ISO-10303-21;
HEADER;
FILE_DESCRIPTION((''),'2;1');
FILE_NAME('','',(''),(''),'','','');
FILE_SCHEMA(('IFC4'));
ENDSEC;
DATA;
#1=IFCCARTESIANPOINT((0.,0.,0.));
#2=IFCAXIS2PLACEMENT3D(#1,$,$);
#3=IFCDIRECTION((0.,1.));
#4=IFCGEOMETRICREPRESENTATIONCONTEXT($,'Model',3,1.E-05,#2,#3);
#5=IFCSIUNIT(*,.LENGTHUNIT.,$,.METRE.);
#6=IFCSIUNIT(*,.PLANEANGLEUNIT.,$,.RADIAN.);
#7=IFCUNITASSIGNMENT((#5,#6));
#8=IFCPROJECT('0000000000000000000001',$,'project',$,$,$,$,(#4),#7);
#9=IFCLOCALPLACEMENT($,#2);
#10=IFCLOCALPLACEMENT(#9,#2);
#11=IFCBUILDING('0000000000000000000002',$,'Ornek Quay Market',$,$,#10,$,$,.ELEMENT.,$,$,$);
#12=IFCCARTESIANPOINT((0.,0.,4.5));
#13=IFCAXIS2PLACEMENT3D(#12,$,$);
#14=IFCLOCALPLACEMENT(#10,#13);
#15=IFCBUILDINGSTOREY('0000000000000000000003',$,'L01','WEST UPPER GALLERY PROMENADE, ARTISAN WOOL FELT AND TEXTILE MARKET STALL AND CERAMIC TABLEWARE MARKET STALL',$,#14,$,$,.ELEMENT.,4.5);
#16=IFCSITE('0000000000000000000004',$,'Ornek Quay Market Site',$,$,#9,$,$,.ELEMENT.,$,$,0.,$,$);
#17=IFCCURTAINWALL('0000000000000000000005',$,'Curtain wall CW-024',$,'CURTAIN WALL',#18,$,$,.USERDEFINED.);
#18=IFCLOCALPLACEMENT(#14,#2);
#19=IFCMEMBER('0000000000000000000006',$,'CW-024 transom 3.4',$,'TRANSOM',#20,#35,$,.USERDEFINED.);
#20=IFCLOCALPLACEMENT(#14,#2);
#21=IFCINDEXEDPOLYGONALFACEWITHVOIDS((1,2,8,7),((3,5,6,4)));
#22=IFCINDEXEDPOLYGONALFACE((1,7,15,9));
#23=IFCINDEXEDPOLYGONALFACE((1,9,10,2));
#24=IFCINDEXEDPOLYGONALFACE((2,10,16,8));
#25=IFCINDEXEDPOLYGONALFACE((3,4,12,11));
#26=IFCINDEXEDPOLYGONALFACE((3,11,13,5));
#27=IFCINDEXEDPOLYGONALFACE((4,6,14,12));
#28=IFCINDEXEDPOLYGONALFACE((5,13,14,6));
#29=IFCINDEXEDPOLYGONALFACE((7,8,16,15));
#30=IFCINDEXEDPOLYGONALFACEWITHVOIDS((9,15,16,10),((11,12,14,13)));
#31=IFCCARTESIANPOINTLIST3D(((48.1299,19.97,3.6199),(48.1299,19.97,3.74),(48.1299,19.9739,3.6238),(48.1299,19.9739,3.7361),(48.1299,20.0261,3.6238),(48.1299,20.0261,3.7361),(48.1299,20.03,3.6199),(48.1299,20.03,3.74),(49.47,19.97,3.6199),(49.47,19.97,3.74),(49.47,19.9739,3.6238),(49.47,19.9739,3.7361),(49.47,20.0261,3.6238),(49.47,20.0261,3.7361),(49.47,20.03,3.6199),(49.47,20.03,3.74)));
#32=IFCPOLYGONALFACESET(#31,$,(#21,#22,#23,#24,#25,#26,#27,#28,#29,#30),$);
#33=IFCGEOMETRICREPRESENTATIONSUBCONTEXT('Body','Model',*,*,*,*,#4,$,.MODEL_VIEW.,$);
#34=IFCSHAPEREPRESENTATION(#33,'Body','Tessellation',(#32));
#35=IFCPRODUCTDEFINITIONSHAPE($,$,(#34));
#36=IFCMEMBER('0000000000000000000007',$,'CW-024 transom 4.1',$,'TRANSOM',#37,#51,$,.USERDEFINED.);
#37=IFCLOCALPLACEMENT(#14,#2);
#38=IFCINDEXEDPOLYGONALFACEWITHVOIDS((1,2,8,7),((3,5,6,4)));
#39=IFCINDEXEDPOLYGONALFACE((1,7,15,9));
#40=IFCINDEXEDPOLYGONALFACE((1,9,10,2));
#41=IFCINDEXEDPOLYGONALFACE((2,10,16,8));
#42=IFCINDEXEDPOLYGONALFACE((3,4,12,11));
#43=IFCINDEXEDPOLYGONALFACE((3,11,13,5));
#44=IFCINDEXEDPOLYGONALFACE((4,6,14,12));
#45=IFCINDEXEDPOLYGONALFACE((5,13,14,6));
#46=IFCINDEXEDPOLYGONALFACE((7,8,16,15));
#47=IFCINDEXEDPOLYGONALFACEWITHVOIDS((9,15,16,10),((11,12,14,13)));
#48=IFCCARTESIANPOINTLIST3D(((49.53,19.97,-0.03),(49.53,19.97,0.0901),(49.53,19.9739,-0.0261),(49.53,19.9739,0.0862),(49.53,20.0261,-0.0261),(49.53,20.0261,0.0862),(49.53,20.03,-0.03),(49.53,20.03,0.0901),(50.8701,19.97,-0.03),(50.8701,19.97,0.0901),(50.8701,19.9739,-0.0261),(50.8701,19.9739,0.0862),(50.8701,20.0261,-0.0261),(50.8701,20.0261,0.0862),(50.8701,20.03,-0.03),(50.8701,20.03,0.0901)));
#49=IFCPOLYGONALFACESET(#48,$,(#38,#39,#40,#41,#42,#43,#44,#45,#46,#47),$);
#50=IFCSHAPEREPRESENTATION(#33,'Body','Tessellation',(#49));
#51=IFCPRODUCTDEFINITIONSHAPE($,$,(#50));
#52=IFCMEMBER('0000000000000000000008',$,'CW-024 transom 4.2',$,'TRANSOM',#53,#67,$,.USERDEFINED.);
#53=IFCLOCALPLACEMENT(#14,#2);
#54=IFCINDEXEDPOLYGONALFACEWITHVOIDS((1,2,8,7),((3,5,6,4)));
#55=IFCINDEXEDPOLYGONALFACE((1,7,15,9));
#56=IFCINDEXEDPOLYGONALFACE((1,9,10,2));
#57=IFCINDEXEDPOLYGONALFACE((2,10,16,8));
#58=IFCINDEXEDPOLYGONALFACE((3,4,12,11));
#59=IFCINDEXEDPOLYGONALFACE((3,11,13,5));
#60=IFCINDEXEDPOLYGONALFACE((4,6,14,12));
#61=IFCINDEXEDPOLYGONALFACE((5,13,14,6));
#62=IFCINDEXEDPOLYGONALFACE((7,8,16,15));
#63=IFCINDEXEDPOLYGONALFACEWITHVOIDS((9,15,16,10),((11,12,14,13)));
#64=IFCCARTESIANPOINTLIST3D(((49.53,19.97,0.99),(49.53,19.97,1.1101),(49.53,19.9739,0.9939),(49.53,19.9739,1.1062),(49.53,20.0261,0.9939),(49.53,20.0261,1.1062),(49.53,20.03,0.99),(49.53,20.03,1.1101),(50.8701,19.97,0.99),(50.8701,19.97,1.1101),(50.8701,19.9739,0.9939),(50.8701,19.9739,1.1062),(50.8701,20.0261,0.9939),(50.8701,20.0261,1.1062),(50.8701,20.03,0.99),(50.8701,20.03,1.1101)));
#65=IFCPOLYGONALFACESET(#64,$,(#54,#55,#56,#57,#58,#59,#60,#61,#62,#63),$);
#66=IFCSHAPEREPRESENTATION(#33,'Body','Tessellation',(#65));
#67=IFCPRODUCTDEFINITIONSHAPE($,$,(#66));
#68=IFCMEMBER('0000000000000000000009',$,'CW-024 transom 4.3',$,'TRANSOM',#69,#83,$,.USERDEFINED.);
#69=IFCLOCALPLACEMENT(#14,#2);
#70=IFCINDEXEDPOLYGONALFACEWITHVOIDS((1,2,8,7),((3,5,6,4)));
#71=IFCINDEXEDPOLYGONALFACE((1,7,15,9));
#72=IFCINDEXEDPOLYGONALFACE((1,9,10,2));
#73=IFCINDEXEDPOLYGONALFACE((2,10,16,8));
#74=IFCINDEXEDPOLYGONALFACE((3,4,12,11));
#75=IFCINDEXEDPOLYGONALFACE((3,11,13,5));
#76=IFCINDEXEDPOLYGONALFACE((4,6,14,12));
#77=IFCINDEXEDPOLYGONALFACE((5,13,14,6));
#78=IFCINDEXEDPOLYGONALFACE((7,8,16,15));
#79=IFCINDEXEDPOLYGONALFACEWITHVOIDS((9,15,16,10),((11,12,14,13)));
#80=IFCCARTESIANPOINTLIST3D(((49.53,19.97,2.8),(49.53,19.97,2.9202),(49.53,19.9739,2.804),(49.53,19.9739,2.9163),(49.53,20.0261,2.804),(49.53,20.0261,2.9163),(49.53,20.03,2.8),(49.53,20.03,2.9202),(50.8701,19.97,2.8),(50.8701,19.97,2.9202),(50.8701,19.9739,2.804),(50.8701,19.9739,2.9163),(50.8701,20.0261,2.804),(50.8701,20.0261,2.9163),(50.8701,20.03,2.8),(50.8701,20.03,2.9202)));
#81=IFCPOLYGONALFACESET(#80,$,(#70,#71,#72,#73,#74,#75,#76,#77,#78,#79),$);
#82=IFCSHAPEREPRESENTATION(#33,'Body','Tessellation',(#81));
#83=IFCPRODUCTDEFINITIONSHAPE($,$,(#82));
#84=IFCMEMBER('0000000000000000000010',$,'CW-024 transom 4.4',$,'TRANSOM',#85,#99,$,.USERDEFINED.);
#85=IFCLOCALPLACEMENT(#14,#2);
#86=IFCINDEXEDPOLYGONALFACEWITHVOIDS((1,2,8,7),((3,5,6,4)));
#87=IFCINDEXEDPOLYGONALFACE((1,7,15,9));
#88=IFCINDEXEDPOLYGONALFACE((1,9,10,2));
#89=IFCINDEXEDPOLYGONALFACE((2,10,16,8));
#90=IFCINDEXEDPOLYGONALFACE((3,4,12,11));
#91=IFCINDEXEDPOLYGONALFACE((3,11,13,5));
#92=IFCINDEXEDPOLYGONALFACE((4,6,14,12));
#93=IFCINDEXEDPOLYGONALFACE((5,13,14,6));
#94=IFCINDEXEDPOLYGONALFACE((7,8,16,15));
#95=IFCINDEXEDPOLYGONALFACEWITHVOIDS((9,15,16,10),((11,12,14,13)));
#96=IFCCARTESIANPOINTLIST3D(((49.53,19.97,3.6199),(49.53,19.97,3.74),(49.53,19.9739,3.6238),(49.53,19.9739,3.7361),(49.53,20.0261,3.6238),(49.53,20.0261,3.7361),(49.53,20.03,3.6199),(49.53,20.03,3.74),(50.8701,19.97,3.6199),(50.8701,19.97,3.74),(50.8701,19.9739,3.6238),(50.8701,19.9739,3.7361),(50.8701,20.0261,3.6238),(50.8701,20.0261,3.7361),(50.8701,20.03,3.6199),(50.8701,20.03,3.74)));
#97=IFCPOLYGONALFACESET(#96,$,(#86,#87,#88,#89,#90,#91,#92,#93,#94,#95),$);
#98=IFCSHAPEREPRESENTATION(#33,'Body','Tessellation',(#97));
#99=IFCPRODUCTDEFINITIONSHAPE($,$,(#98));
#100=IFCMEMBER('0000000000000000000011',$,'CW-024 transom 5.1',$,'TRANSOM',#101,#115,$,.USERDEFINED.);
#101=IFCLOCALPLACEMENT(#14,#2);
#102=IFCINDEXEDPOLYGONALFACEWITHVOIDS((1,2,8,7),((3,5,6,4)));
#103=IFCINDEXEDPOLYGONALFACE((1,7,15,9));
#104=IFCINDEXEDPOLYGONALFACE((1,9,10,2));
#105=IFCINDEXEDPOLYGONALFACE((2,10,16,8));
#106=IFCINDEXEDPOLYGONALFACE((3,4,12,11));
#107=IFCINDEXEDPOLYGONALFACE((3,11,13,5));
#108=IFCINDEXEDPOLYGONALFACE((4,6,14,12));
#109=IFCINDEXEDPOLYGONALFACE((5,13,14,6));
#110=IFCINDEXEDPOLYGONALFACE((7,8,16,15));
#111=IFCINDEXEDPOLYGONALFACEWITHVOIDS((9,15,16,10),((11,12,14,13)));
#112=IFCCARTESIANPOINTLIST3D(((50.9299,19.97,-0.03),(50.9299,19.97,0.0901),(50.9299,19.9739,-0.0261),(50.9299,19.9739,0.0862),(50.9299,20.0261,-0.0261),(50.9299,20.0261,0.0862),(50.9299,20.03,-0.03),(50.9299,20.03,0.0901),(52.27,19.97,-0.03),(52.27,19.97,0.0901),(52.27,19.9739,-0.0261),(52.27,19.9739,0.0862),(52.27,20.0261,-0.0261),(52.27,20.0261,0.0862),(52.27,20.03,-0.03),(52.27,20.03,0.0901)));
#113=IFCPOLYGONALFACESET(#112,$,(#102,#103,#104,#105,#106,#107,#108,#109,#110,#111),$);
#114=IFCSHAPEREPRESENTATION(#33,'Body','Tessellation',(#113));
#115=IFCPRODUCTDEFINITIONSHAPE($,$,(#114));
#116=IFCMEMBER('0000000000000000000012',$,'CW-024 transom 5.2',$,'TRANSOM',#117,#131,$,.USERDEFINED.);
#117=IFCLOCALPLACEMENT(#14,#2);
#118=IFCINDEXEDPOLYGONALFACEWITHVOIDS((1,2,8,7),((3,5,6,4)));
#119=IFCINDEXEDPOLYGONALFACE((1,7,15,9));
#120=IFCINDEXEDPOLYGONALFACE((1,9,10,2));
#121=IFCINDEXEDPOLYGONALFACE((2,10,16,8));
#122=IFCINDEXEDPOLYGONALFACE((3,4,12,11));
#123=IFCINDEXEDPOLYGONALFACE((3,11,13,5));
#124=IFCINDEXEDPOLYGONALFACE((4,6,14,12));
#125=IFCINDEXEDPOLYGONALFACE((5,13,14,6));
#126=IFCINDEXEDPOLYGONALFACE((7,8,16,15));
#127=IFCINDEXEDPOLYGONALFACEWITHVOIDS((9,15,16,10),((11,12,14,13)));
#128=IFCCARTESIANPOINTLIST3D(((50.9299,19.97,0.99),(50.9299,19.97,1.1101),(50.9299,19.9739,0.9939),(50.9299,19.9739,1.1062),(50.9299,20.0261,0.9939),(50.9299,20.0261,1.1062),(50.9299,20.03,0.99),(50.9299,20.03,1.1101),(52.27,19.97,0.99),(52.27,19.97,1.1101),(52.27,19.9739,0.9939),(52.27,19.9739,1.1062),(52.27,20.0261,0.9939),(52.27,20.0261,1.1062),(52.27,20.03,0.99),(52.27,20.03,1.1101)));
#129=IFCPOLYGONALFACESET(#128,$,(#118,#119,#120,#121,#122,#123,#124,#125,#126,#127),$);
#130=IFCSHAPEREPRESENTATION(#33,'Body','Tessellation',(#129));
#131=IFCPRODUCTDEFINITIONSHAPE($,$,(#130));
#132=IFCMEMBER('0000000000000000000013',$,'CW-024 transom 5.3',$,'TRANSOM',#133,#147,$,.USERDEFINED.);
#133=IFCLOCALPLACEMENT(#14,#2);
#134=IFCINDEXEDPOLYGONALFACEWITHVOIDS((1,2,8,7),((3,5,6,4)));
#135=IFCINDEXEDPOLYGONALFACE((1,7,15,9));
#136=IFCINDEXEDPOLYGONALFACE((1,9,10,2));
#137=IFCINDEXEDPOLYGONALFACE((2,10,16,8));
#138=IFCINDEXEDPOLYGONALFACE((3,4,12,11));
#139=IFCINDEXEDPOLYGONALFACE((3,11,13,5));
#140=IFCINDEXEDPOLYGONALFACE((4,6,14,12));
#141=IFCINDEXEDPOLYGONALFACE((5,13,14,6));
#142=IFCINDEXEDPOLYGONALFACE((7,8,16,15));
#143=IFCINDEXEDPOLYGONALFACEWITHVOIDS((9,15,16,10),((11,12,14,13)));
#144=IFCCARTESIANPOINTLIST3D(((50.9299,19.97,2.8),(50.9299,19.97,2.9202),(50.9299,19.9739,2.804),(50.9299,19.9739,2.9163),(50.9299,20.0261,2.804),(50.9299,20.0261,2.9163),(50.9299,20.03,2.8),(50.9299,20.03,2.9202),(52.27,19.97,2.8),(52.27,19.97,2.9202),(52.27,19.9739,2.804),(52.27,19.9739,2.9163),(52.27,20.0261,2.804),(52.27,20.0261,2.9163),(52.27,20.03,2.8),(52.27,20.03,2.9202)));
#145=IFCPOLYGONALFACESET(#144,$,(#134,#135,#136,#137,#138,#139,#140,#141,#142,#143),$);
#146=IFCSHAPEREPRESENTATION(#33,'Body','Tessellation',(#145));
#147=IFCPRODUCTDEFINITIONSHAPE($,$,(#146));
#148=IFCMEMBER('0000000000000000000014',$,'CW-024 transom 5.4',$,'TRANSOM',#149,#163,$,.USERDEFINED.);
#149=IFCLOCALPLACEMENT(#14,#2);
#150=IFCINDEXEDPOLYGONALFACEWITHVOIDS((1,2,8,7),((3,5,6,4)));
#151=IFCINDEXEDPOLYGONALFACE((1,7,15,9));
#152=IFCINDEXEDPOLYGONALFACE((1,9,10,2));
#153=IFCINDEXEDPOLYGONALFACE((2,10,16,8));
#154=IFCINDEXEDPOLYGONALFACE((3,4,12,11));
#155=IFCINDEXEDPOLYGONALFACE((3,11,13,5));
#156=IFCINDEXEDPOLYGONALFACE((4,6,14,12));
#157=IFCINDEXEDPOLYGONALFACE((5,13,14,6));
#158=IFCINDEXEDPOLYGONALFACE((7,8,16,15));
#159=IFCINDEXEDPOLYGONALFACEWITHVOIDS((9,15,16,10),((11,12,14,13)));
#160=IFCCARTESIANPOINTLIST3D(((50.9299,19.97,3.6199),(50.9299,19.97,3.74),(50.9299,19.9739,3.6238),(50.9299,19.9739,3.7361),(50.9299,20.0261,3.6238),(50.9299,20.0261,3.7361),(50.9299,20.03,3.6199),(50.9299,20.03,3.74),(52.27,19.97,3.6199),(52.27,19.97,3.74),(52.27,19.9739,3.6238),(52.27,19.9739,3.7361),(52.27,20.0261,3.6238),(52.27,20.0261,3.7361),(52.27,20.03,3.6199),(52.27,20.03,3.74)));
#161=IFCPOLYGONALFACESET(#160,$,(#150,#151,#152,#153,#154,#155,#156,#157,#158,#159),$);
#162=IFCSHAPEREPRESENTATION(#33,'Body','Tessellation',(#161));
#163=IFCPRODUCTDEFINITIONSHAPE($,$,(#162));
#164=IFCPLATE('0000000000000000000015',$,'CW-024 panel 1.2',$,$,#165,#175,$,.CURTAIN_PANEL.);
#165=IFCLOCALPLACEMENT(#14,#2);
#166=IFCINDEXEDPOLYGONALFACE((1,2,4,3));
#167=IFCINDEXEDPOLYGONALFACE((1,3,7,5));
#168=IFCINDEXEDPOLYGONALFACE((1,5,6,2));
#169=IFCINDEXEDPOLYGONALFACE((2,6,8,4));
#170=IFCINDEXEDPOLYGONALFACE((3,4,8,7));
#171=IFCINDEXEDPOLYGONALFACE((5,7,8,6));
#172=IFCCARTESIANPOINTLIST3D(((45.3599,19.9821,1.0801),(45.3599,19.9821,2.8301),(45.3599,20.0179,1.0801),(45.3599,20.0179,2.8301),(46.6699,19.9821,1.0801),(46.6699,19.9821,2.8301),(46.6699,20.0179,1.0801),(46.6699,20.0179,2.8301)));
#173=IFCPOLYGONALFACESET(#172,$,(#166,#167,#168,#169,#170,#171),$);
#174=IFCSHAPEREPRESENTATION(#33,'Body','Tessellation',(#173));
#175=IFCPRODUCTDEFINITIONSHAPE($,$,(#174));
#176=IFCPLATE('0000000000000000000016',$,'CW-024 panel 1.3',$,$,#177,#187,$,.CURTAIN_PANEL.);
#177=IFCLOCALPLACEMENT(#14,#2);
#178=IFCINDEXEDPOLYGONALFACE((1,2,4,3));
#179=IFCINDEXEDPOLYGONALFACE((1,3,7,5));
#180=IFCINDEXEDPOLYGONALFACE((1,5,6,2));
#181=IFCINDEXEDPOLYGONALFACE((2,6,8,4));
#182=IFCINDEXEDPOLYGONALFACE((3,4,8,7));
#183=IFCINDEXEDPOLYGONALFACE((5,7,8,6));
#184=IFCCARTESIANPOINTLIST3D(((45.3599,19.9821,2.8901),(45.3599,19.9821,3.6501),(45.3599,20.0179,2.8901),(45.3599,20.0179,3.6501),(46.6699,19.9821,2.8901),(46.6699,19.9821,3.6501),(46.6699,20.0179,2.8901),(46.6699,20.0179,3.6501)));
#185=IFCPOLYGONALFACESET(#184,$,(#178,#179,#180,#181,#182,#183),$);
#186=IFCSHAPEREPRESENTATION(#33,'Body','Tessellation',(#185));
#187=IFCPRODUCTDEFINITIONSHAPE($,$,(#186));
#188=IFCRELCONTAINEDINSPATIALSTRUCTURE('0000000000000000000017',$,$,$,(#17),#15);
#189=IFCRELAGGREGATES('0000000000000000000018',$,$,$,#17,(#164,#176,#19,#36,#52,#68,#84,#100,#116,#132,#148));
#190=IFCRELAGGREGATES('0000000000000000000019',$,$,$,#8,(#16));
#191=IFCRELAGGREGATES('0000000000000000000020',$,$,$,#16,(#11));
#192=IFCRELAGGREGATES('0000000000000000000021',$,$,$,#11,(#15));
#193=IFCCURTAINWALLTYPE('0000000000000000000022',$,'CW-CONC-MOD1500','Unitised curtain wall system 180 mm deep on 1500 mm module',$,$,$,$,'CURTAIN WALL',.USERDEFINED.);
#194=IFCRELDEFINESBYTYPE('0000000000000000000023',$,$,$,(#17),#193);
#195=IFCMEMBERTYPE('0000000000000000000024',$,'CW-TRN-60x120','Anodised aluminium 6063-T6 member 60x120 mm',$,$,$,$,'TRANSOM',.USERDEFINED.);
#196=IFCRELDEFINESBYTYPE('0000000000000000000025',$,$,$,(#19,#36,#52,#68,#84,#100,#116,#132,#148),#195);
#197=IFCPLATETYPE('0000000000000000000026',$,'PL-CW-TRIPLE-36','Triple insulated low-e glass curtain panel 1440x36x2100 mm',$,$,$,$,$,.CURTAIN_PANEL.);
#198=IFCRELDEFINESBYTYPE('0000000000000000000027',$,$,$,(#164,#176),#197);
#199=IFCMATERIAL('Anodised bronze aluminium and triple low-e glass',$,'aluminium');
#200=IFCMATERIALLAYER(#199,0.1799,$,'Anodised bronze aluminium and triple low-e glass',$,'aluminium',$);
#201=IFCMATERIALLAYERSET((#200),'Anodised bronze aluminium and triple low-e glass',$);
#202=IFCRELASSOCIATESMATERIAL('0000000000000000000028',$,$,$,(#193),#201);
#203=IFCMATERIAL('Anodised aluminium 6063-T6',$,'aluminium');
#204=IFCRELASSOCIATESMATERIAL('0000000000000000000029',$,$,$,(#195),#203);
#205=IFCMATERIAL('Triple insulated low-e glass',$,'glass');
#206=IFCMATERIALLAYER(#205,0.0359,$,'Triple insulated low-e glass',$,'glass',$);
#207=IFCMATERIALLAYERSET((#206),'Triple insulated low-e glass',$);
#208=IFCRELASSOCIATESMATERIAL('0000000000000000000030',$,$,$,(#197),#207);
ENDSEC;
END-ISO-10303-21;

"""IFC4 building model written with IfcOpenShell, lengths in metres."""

from ifc_helpers import new_model, si_unit, direction, frame, origin, origin_2d, place, context, subcontext, project, spatial, rectangle, hollow_rectangle, extrude, material, layer, layer_set, material_profile, profile_set, type_object, element, aggregate, save


model = new_model("IFC4")

# Units and contexts
model_context = context("Model", 3, precision=1e-05, world=origin(), true_north=direction((0.0, 1.0)))
body_context = subcontext(model_context, "Body", "Model", "MODEL_VIEW")
ifc_project = project(units=[si_unit("LENGTHUNIT", "METRE"), si_unit("PLANEANGLEUNIT", "RADIAN")], contexts=[model_context])

# Site, building, storey
site_placement = place(None, origin())
site = spatial("IfcSite", under=ifc_project, at=site_placement, Name="Ornek Quay Market Site", CompositionType="ELEMENT", RefElevation=0.0)
building_placement = place(site_placement, origin())
building = spatial("IfcBuilding", under=site, at=building_placement, Name="Ornek Quay Market", CompositionType="ELEMENT")
storey_placement = place(building_placement, frame((0.0, 0.0, 4.5)))
storey = spatial("IfcBuildingStorey", under=building, at=storey_placement, Name="L01", Description="WEST UPPER GALLERY PROMENADE, ARTISAN WOOL FELT AND TEXTILE MARKET STALL AND CERAMIC TABLEWARE MARKET STALL", CompositionType="ELEMENT", Elevation=4.5)

# Curtain wall, members, plates
ifc_material_1 = material(Name="Anodised bronze aluminium and triple low-e glass", Category="aluminium")
ifc_layer_1 = layer(ifc_material_1, 0.1799, Name="Anodised bronze aluminium and triple low-e glass", Category="aluminium")
ifc_layer_set_1 = layer_set([ifc_layer_1], Name="Anodised bronze aluminium and triple low-e glass")
curtain_wall_type = type_object("IfcCurtainWallType", Name="CW-CONC-MOD1500", Description="Unitised curtain wall system 180 mm deep on 1500 mm module", ElementType="CURTAIN WALL", PredefinedType="USERDEFINED", material=ifc_layer_set_1)
curtain_wall_placement = place(storey_placement, origin())
curtain_wall = element("IfcCurtainWall", 1, at=curtain_wall_placement, inside=storey, type_object=curtain_wall_type, Name="Curtain wall CW-024", ObjectType="CURTAIN WALL", PredefinedType="USERDEFINED")
ifc_material_2 = material(Name="Anodised aluminium 6063-T6", Category="aluminium")
ifc_material_profile_1 = material_profile(ifc_material_2, hollow_rectangle(XDim=0.0601, YDim=0.1201, WallThickness=0.0039, at=origin_2d()), Name="CW-TRN-60x120", Category="aluminium")
ifc_profile_set_1 = profile_set([ifc_material_profile_1], Name="Anodised aluminium 6063-T6")
member_type_1 = type_object("IfcMemberType", Name="CW-TRN-60x120", Description="Anodised aluminium 6063-T6 member 60x120 mm", ElementType="TRANSOM", PredefinedType="USERDEFINED", material=ifc_profile_set_1)
member_1_placement = place(storey_placement, frame((48.1299, 20.0, 3.6799), z_axis=(1.0, 0.0, 0.0), x_axis=(0.0, 1.0, 0.0)))
member_1 = element("IfcMember", 2, at=member_1_placement, type_object=member_type_1, Name="CW-024 transom 3.4", ObjectType="TRANSOM", PredefinedType="USERDEFINED", context=body_context, shape_type="SweptSolid", body=[
    extrude(hollow_rectangle(XDim=0.0601, YDim=0.1201, WallThickness=0.0039, at=origin_2d()), origin(), (0.0, 0.0, 1.0), 1.3401),
])
member_2_placement = place(storey_placement, frame((49.53, 20.0, 0.03), z_axis=(1.0, 0.0, 0.0), x_axis=(0.0, 1.0, 0.0)))
member_2 = element("IfcMember", 3, at=member_2_placement, type_object=member_type_1, Name="CW-024 transom 4.1", ObjectType="TRANSOM", PredefinedType="USERDEFINED", context=body_context, shape_type="SweptSolid", body=[
    extrude(hollow_rectangle(XDim=0.0601, YDim=0.1201, WallThickness=0.0039, at=origin_2d()), origin(), (0.0, 0.0, 1.0), 1.3401),
])
member_3_placement = place(storey_placement, frame((49.53, 20.0, 1.05), z_axis=(1.0, 0.0, 0.0), x_axis=(0.0, 1.0, 0.0)))
member_3 = element("IfcMember", 4, at=member_3_placement, type_object=member_type_1, Name="CW-024 transom 4.2", ObjectType="TRANSOM", PredefinedType="USERDEFINED", context=body_context, shape_type="SweptSolid", body=[
    extrude(hollow_rectangle(XDim=0.0601, YDim=0.1201, WallThickness=0.0039, at=origin_2d()), origin(), (0.0, 0.0, 1.0), 1.3401),
])
member_4_placement = place(storey_placement, frame((49.53, 20.0, 2.8601), z_axis=(1.0, 0.0, 0.0), x_axis=(0.0, 1.0, 0.0)))
member_4 = element("IfcMember", 5, at=member_4_placement, type_object=member_type_1, Name="CW-024 transom 4.3", ObjectType="TRANSOM", PredefinedType="USERDEFINED", context=body_context, shape_type="SweptSolid", body=[
    extrude(hollow_rectangle(XDim=0.0601, YDim=0.1201, WallThickness=0.0039, at=origin_2d()), origin(), (0.0, 0.0, 1.0), 1.3401),
])
member_5_placement = place(storey_placement, frame((49.53, 20.0, 3.6799), z_axis=(1.0, 0.0, 0.0), x_axis=(0.0, 1.0, 0.0)))
member_5 = element("IfcMember", 6, at=member_5_placement, type_object=member_type_1, Name="CW-024 transom 4.4", ObjectType="TRANSOM", PredefinedType="USERDEFINED", context=body_context, shape_type="SweptSolid", body=[
    extrude(hollow_rectangle(XDim=0.0601, YDim=0.1201, WallThickness=0.0039, at=origin_2d()), origin(), (0.0, 0.0, 1.0), 1.3401),
])
member_6_placement = place(storey_placement, frame((50.9299, 20.0, 0.03), z_axis=(1.0, 0.0, 0.0), x_axis=(0.0, 1.0, 0.0)))
member_6 = element("IfcMember", 7, at=member_6_placement, type_object=member_type_1, Name="CW-024 transom 5.1", ObjectType="TRANSOM", PredefinedType="USERDEFINED", context=body_context, shape_type="SweptSolid", body=[
    extrude(hollow_rectangle(XDim=0.0601, YDim=0.1201, WallThickness=0.0039, at=origin_2d()), origin(), (0.0, 0.0, 1.0), 1.3401),
])
member_7_placement = place(storey_placement, frame((50.9299, 20.0, 1.05), z_axis=(1.0, 0.0, 0.0), x_axis=(0.0, 1.0, 0.0)))
member_7 = element("IfcMember", 8, at=member_7_placement, type_object=member_type_1, Name="CW-024 transom 5.2", ObjectType="TRANSOM", PredefinedType="USERDEFINED", context=body_context, shape_type="SweptSolid", body=[
    extrude(hollow_rectangle(XDim=0.0601, YDim=0.1201, WallThickness=0.0039, at=origin_2d()), origin(), (0.0, 0.0, 1.0), 1.3401),
])
member_8_placement = place(storey_placement, frame((50.9299, 20.0, 2.8601), z_axis=(1.0, 0.0, 0.0), x_axis=(0.0, 1.0, 0.0)))
member_8 = element("IfcMember", 9, at=member_8_placement, type_object=member_type_1, Name="CW-024 transom 5.3", ObjectType="TRANSOM", PredefinedType="USERDEFINED", context=body_context, shape_type="SweptSolid", body=[
    extrude(hollow_rectangle(XDim=0.0601, YDim=0.1201, WallThickness=0.0039, at=origin_2d()), origin(), (0.0, 0.0, 1.0), 1.3401),
])
member_9_placement = place(storey_placement, frame((50.9299, 20.0, 3.6799), z_axis=(1.0, 0.0, 0.0), x_axis=(0.0, 1.0, 0.0)))
member_9 = element("IfcMember", 10, at=member_9_placement, type_object=member_type_1, Name="CW-024 transom 5.4", ObjectType="TRANSOM", PredefinedType="USERDEFINED", context=body_context, shape_type="SweptSolid", body=[
    extrude(hollow_rectangle(XDim=0.0601, YDim=0.1201, WallThickness=0.0039, at=origin_2d()), origin(), (0.0, 0.0, 1.0), 1.3401),
])
ifc_material_3 = material(Name="Triple insulated low-e glass", Category="glass")
ifc_layer_2 = layer(ifc_material_3, 0.0359, Name="Triple insulated low-e glass", Category="glass")
ifc_layer_set_2 = layer_set([ifc_layer_2], Name="Triple insulated low-e glass")
plate_type = type_object("IfcPlateType", Name="PL-CW-TRIPLE-36", Description="Triple insulated low-e glass curtain panel 1440x36x2100 mm", PredefinedType="CURTAIN_PANEL", material=ifc_layer_set_2)
plate_1_placement = place(storey_placement, frame((46.0149, 20.0, 1.0801), z_axis=(0.0, 0.0, 1.0), x_axis=(1.0, 0.0, 0.0)))
plate_1 = element("IfcPlate", 11, at=plate_1_placement, type_object=plate_type, Name="CW-024 panel 1.2", PredefinedType="CURTAIN_PANEL", context=body_context, shape_type="SweptSolid", body=[
    extrude(rectangle(XDim=1.3101, YDim=0.0359, at=origin_2d()), origin(), (0.0, 0.0, 1.0), 1.75),
])
plate_2_placement = place(storey_placement, frame((46.0149, 20.0, 2.8901), z_axis=(0.0, 0.0, 1.0), x_axis=(1.0, 0.0, 0.0)))
plate_2 = element("IfcPlate", 12, at=plate_2_placement, type_object=plate_type, Name="CW-024 panel 1.3", PredefinedType="CURTAIN_PANEL", context=body_context, shape_type="SweptSolid", body=[
    extrude(rectangle(XDim=1.3101, YDim=0.0359, at=origin_2d()), origin(), (0.0, 0.0, 1.0), 0.76),
])
aggregate(curtain_wall, [plate_1, plate_2, member_1, member_2, member_3, member_4, member_5, member_6, member_7, member_8, member_9])

save(model, "model.ifc")
